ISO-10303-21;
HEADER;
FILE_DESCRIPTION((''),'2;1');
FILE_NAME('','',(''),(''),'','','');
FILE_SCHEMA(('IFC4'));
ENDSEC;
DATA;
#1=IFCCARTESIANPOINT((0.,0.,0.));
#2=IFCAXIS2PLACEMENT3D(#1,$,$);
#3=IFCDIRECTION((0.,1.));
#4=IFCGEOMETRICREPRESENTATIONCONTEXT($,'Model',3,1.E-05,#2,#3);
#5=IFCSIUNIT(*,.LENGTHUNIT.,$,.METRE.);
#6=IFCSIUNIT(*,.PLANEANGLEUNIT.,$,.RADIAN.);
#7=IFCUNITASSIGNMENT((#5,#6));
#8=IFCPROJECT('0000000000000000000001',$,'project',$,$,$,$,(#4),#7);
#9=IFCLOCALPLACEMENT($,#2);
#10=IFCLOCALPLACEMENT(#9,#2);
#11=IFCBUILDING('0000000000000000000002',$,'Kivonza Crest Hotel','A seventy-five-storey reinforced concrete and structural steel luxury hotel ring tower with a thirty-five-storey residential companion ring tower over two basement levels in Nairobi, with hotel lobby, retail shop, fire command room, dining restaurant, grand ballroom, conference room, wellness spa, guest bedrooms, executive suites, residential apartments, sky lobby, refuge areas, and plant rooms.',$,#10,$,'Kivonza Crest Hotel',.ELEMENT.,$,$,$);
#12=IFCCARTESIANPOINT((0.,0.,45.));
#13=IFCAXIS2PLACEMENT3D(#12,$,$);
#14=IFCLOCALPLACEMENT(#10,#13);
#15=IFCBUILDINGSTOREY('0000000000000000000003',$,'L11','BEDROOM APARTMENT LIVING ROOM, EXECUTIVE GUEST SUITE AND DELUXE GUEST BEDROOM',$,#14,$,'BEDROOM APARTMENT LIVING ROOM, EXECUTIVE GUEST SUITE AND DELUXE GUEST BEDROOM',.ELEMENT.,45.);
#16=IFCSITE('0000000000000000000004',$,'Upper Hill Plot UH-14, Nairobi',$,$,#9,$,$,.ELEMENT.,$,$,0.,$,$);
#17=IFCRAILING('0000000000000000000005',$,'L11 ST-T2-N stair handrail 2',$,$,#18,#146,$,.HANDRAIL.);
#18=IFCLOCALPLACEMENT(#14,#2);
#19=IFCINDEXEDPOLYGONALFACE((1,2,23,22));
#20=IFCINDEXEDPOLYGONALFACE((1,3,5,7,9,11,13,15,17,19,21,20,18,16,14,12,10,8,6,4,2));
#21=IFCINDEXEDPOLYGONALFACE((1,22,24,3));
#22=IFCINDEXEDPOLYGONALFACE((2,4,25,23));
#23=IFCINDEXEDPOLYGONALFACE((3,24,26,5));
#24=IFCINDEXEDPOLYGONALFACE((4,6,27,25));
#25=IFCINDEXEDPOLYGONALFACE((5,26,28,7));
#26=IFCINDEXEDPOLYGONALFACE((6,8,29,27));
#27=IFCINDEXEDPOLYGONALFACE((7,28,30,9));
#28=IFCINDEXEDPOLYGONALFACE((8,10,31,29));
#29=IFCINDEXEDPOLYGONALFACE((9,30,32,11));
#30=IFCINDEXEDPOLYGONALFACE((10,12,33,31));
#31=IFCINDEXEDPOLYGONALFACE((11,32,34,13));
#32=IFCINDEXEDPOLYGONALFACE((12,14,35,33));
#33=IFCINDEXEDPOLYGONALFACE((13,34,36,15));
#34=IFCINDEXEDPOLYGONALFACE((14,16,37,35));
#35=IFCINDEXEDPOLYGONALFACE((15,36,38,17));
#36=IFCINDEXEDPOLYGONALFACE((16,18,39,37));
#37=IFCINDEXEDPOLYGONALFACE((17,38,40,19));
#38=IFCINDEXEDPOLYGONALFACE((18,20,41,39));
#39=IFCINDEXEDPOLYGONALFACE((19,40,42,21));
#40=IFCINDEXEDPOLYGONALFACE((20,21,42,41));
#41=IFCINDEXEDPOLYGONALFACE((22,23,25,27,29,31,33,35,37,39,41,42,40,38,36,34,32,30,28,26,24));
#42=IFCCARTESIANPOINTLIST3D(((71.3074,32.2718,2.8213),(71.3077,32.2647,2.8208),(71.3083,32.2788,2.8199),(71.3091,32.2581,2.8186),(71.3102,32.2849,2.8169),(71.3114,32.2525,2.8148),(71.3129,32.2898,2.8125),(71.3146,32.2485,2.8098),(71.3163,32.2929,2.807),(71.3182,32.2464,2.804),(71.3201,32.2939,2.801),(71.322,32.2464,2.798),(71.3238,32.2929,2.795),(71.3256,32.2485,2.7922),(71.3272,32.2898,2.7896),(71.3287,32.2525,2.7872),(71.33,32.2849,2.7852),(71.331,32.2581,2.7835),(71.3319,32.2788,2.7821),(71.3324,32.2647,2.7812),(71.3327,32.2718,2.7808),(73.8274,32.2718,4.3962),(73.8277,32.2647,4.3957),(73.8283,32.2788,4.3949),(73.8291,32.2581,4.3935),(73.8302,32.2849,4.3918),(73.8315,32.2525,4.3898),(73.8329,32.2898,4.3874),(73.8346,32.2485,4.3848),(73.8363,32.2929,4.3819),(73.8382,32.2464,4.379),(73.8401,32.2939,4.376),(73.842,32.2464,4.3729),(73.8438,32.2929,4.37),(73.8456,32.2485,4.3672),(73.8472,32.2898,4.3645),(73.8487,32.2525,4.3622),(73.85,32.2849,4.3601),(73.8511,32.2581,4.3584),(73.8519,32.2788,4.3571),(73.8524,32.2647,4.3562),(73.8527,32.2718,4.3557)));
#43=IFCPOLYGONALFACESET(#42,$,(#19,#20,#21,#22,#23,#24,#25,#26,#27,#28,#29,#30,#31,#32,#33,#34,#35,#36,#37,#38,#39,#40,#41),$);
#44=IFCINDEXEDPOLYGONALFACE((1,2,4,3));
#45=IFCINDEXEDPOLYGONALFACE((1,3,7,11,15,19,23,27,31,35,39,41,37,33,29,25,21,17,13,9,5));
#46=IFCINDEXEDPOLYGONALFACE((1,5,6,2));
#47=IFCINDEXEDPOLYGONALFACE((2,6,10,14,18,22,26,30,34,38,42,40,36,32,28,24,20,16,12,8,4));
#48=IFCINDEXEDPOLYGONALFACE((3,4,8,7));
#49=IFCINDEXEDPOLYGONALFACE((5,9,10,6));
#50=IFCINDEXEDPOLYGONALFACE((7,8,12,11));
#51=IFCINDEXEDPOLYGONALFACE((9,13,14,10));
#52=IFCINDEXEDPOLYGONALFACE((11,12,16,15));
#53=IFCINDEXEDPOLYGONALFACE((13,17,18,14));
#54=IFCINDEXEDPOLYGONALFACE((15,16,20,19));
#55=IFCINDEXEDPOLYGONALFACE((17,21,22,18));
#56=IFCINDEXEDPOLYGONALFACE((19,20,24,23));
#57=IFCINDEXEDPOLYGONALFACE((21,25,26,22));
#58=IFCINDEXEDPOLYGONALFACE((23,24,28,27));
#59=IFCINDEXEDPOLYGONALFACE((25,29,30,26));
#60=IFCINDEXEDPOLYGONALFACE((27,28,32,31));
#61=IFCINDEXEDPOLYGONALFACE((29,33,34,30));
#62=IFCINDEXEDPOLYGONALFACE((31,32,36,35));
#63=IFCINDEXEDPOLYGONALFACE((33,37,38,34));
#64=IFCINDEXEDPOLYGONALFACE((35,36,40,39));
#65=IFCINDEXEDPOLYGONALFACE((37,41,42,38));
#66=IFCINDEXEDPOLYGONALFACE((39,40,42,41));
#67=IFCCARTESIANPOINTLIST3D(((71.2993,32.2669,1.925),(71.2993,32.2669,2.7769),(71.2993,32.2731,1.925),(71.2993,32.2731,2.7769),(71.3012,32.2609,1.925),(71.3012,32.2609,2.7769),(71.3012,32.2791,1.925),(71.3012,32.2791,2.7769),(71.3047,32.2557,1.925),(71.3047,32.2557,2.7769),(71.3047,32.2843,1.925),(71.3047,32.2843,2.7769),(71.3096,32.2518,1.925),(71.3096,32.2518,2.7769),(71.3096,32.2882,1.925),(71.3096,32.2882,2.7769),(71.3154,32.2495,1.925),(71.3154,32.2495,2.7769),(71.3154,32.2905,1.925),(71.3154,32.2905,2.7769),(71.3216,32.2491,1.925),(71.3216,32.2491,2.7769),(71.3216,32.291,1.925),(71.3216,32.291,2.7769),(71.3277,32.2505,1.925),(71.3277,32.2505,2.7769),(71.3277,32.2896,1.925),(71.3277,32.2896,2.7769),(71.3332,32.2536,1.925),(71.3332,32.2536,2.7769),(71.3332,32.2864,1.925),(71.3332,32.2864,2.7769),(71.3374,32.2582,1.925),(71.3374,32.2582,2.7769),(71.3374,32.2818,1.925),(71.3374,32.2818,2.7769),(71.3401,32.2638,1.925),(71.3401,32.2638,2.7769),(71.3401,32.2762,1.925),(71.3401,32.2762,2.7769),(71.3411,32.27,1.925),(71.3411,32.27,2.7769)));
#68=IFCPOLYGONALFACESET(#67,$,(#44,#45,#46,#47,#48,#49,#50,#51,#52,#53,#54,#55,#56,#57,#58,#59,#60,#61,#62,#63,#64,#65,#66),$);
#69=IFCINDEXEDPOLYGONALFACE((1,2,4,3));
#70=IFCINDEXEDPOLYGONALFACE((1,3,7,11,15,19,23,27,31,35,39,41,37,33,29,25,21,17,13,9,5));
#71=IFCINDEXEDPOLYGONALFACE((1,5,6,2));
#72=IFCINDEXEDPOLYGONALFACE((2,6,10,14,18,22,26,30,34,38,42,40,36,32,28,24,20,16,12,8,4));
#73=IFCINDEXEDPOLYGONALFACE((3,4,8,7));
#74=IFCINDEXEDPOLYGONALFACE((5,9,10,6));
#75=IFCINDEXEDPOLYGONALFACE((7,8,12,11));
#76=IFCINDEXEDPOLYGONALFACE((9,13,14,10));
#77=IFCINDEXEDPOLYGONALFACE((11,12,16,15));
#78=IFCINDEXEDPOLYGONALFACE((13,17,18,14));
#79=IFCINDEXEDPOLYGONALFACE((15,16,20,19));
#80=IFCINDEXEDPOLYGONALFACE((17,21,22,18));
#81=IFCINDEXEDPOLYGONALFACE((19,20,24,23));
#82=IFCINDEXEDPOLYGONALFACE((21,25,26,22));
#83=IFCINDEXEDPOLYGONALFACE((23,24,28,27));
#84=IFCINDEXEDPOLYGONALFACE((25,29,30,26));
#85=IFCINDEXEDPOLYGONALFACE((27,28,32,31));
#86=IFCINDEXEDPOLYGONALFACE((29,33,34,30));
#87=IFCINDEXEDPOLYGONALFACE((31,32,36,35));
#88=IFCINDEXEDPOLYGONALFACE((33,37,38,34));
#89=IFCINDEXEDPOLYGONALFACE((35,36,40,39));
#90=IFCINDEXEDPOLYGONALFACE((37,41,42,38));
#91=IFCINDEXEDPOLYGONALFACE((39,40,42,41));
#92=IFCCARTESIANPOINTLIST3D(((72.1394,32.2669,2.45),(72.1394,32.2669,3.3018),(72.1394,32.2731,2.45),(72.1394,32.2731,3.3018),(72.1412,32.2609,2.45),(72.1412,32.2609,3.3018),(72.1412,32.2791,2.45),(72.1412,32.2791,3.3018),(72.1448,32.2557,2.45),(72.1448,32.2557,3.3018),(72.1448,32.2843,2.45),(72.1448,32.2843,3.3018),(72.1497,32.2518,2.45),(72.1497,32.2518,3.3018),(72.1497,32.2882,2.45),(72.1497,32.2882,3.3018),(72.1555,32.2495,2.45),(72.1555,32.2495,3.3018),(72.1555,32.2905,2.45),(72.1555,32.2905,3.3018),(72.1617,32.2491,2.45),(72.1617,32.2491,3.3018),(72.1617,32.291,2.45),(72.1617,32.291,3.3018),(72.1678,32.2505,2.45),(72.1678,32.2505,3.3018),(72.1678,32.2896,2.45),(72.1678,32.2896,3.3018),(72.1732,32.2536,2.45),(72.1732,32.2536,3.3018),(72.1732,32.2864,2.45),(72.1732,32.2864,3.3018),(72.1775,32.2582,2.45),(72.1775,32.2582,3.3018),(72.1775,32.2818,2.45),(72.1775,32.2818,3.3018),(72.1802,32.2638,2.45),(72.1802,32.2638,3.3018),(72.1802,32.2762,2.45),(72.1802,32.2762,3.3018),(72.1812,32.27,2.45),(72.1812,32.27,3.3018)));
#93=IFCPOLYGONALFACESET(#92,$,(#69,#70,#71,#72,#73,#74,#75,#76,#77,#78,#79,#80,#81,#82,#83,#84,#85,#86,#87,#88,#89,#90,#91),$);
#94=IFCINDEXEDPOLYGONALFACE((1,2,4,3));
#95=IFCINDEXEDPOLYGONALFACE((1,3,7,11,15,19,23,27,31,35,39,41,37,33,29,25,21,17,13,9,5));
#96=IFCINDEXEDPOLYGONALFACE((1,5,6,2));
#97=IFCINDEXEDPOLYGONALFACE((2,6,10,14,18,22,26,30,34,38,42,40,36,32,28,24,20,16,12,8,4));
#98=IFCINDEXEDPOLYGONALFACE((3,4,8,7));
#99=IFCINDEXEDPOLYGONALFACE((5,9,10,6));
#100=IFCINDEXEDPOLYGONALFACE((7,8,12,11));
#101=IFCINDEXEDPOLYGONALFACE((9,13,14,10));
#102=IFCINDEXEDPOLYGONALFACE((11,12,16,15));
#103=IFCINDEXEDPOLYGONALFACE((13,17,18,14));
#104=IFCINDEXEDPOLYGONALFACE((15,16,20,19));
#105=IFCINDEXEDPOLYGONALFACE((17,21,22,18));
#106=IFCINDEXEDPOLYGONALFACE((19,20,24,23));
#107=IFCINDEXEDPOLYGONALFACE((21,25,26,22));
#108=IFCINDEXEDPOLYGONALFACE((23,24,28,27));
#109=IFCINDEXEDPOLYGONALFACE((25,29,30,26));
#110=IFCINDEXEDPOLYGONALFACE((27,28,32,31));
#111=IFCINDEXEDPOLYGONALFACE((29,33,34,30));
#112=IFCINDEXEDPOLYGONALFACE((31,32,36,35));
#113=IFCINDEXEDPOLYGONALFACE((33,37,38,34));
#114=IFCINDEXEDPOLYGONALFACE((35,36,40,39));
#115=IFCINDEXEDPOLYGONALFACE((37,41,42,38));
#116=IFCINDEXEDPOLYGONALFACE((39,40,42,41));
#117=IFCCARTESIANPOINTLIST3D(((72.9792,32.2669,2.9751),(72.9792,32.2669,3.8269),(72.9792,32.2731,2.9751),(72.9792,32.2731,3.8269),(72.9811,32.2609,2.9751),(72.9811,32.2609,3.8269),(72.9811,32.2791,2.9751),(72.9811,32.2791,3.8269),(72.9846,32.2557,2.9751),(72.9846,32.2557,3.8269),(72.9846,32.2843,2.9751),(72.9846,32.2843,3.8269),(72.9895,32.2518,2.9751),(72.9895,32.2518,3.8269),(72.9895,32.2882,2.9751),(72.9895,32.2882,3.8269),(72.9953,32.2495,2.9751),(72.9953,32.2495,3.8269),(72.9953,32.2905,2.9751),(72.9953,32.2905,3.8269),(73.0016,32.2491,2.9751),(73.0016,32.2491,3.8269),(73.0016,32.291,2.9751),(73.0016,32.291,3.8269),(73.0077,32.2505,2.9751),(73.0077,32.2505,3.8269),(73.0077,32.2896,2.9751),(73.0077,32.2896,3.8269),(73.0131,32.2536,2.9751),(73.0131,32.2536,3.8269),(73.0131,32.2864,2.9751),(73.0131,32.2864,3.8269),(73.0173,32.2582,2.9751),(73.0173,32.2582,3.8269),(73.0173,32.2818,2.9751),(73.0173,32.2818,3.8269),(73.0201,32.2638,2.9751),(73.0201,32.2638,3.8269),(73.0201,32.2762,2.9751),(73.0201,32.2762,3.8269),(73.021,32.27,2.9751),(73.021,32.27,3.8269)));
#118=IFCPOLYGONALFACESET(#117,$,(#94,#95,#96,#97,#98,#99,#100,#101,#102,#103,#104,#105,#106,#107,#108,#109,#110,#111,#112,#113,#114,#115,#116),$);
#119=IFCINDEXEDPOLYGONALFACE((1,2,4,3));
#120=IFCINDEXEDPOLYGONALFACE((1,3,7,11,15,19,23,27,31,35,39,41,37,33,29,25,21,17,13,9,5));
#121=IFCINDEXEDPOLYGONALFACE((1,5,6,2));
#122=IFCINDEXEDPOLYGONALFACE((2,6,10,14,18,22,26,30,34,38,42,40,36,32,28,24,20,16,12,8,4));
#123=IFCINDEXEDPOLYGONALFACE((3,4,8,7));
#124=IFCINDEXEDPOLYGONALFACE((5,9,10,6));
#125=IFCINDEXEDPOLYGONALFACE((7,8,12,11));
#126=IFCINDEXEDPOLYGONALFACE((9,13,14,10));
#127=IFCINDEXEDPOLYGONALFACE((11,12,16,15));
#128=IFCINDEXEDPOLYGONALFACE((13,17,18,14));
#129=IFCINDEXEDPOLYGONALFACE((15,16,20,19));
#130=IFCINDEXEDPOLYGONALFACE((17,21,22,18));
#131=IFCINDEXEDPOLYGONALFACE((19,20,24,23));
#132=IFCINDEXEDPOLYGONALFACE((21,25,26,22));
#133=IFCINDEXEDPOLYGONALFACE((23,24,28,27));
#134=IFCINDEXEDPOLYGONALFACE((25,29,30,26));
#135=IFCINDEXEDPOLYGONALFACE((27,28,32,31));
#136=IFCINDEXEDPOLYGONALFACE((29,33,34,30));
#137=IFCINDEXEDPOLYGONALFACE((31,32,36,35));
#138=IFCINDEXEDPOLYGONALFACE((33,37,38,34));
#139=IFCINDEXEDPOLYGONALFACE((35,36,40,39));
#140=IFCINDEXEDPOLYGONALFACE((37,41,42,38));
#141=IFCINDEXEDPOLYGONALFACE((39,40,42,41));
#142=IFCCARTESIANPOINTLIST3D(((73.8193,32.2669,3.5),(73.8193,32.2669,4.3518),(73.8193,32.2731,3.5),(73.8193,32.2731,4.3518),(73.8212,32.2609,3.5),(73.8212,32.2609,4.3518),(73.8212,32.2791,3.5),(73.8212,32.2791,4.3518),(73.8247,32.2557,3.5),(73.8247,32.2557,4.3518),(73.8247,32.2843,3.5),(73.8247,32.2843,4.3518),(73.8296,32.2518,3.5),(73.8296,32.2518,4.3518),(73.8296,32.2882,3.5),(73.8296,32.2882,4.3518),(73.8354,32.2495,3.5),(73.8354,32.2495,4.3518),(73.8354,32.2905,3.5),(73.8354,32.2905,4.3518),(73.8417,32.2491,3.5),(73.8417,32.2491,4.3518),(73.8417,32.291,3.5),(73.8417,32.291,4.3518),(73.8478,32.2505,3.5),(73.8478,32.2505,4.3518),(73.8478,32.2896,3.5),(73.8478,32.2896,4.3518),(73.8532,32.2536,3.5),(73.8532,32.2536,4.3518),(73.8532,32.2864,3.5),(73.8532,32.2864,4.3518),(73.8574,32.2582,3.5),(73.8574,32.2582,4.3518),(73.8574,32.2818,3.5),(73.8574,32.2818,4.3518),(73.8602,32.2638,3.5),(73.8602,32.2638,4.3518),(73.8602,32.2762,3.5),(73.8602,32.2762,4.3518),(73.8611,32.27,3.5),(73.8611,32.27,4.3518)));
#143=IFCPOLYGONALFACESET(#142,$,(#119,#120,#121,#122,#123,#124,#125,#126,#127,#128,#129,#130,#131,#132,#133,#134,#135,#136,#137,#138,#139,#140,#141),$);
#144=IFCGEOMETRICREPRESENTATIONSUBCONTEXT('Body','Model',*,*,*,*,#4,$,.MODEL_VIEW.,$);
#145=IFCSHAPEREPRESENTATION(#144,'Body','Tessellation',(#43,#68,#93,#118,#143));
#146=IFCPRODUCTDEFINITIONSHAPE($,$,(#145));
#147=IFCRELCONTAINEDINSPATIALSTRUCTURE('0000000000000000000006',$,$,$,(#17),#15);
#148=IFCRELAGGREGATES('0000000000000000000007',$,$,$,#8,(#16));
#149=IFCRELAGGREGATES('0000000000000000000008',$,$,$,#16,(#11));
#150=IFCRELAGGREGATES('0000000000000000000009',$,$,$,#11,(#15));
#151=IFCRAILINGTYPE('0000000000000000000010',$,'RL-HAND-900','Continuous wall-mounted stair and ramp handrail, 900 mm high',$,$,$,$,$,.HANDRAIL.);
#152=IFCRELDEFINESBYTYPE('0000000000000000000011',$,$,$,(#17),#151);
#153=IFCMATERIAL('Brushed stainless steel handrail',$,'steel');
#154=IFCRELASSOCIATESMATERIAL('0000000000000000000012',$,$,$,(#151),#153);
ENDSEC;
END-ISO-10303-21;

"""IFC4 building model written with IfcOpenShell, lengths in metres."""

from ifc_helpers import new_model, si_unit, direction, frame, origin, origin_2d, place, context, subcontext, project, spatial, circle, extrude, material, type_object, element, save


model = new_model("IFC4")

# Units and contexts
model_context = context("Model", 3, precision=1e-05, world=origin(), true_north=direction((0.0, 1.0)))
body_context = subcontext(model_context, "Body", "Model", "MODEL_VIEW")
ifc_project = project(units=[si_unit("LENGTHUNIT", "METRE"), si_unit("PLANEANGLEUNIT", "RADIAN")], contexts=[model_context])

# Site, building, storey
site_placement = place(None, origin())
site = spatial("IfcSite", under=ifc_project, at=site_placement, Name="Upper Hill Plot UH-14, Nairobi", CompositionType="ELEMENT", RefElevation=0.0)
building_placement = place(site_placement, origin())
building = spatial("IfcBuilding", under=site, at=building_placement, Name="Kivonza Crest Hotel", Description="A seventy-five-storey reinforced concrete and structural steel luxury hotel ring tower with a thirty-five-storey residential companion ring tower over two basement levels in Nairobi, with hotel lobby, retail shop, fire command room, dining restaurant, grand ballroom, conference room, wellness spa, guest bedrooms, executive suites, residential apartments, sky lobby, refuge areas, and plant rooms.", LongName="Kivonza Crest Hotel", CompositionType="ELEMENT")
storey_placement = place(building_placement, frame((0.0, 0.0, 45.0)))
storey = spatial("IfcBuildingStorey", under=building, at=storey_placement, Name="L11", Description="BEDROOM APARTMENT LIVING ROOM, EXECUTIVE GUEST SUITE AND DELUXE GUEST BEDROOM", LongName="BEDROOM APARTMENT LIVING ROOM, EXECUTIVE GUEST SUITE AND DELUXE GUEST BEDROOM", CompositionType="ELEMENT", Elevation=45.0)

# Railing
ifc_material_1 = material(Name="Brushed stainless steel handrail", Category="steel")
railing_type_1 = type_object("IfcRailingType", Name="RL-HAND-900", Description="Continuous wall-mounted stair and ramp handrail, 900 mm high", PredefinedType="HANDRAIL", material=ifc_material_1)
railing_1_placement = place(storey_placement, frame((71.3201, 32.27, 1.925)))
element("IfcRailing", 1, at=railing_1_placement, inside=storey, type_object=railing_type_1, Name="L11 ST-T2-N stair handrail 2", PredefinedType="HANDRAIL", context=body_context, shape_type="SweptSolid", body=[
    extrude(circle(Radius=0.0239, at=origin_2d()), frame((0.0, 0.0, 0.876), z_axis=(0.848008, 0.0, 0.529984), x_axis=(0.0, 1.0, 0.0)), (0.0, 0.0, 1.0), 2.9717),
    extrude(circle(Radius=0.021, at=origin_2d()), origin(), (0.0, 0.0, 1.0), 0.8518),
    extrude(circle(Radius=0.021, at=origin_2d()), frame((0.8401, 0.0, 0.5249)), (0.0, 0.0, 1.0), 0.8518),
    extrude(circle(Radius=0.021, at=origin_2d()), frame((1.6799, 0.0, 1.05)), (0.0, 0.0, 1.0), 0.8518),
    extrude(circle(Radius=0.021, at=origin_2d()), frame((2.52, 0.0, 1.575)), (0.0, 0.0, 1.0), 0.8518),
])

save(model, "model.ifc")
